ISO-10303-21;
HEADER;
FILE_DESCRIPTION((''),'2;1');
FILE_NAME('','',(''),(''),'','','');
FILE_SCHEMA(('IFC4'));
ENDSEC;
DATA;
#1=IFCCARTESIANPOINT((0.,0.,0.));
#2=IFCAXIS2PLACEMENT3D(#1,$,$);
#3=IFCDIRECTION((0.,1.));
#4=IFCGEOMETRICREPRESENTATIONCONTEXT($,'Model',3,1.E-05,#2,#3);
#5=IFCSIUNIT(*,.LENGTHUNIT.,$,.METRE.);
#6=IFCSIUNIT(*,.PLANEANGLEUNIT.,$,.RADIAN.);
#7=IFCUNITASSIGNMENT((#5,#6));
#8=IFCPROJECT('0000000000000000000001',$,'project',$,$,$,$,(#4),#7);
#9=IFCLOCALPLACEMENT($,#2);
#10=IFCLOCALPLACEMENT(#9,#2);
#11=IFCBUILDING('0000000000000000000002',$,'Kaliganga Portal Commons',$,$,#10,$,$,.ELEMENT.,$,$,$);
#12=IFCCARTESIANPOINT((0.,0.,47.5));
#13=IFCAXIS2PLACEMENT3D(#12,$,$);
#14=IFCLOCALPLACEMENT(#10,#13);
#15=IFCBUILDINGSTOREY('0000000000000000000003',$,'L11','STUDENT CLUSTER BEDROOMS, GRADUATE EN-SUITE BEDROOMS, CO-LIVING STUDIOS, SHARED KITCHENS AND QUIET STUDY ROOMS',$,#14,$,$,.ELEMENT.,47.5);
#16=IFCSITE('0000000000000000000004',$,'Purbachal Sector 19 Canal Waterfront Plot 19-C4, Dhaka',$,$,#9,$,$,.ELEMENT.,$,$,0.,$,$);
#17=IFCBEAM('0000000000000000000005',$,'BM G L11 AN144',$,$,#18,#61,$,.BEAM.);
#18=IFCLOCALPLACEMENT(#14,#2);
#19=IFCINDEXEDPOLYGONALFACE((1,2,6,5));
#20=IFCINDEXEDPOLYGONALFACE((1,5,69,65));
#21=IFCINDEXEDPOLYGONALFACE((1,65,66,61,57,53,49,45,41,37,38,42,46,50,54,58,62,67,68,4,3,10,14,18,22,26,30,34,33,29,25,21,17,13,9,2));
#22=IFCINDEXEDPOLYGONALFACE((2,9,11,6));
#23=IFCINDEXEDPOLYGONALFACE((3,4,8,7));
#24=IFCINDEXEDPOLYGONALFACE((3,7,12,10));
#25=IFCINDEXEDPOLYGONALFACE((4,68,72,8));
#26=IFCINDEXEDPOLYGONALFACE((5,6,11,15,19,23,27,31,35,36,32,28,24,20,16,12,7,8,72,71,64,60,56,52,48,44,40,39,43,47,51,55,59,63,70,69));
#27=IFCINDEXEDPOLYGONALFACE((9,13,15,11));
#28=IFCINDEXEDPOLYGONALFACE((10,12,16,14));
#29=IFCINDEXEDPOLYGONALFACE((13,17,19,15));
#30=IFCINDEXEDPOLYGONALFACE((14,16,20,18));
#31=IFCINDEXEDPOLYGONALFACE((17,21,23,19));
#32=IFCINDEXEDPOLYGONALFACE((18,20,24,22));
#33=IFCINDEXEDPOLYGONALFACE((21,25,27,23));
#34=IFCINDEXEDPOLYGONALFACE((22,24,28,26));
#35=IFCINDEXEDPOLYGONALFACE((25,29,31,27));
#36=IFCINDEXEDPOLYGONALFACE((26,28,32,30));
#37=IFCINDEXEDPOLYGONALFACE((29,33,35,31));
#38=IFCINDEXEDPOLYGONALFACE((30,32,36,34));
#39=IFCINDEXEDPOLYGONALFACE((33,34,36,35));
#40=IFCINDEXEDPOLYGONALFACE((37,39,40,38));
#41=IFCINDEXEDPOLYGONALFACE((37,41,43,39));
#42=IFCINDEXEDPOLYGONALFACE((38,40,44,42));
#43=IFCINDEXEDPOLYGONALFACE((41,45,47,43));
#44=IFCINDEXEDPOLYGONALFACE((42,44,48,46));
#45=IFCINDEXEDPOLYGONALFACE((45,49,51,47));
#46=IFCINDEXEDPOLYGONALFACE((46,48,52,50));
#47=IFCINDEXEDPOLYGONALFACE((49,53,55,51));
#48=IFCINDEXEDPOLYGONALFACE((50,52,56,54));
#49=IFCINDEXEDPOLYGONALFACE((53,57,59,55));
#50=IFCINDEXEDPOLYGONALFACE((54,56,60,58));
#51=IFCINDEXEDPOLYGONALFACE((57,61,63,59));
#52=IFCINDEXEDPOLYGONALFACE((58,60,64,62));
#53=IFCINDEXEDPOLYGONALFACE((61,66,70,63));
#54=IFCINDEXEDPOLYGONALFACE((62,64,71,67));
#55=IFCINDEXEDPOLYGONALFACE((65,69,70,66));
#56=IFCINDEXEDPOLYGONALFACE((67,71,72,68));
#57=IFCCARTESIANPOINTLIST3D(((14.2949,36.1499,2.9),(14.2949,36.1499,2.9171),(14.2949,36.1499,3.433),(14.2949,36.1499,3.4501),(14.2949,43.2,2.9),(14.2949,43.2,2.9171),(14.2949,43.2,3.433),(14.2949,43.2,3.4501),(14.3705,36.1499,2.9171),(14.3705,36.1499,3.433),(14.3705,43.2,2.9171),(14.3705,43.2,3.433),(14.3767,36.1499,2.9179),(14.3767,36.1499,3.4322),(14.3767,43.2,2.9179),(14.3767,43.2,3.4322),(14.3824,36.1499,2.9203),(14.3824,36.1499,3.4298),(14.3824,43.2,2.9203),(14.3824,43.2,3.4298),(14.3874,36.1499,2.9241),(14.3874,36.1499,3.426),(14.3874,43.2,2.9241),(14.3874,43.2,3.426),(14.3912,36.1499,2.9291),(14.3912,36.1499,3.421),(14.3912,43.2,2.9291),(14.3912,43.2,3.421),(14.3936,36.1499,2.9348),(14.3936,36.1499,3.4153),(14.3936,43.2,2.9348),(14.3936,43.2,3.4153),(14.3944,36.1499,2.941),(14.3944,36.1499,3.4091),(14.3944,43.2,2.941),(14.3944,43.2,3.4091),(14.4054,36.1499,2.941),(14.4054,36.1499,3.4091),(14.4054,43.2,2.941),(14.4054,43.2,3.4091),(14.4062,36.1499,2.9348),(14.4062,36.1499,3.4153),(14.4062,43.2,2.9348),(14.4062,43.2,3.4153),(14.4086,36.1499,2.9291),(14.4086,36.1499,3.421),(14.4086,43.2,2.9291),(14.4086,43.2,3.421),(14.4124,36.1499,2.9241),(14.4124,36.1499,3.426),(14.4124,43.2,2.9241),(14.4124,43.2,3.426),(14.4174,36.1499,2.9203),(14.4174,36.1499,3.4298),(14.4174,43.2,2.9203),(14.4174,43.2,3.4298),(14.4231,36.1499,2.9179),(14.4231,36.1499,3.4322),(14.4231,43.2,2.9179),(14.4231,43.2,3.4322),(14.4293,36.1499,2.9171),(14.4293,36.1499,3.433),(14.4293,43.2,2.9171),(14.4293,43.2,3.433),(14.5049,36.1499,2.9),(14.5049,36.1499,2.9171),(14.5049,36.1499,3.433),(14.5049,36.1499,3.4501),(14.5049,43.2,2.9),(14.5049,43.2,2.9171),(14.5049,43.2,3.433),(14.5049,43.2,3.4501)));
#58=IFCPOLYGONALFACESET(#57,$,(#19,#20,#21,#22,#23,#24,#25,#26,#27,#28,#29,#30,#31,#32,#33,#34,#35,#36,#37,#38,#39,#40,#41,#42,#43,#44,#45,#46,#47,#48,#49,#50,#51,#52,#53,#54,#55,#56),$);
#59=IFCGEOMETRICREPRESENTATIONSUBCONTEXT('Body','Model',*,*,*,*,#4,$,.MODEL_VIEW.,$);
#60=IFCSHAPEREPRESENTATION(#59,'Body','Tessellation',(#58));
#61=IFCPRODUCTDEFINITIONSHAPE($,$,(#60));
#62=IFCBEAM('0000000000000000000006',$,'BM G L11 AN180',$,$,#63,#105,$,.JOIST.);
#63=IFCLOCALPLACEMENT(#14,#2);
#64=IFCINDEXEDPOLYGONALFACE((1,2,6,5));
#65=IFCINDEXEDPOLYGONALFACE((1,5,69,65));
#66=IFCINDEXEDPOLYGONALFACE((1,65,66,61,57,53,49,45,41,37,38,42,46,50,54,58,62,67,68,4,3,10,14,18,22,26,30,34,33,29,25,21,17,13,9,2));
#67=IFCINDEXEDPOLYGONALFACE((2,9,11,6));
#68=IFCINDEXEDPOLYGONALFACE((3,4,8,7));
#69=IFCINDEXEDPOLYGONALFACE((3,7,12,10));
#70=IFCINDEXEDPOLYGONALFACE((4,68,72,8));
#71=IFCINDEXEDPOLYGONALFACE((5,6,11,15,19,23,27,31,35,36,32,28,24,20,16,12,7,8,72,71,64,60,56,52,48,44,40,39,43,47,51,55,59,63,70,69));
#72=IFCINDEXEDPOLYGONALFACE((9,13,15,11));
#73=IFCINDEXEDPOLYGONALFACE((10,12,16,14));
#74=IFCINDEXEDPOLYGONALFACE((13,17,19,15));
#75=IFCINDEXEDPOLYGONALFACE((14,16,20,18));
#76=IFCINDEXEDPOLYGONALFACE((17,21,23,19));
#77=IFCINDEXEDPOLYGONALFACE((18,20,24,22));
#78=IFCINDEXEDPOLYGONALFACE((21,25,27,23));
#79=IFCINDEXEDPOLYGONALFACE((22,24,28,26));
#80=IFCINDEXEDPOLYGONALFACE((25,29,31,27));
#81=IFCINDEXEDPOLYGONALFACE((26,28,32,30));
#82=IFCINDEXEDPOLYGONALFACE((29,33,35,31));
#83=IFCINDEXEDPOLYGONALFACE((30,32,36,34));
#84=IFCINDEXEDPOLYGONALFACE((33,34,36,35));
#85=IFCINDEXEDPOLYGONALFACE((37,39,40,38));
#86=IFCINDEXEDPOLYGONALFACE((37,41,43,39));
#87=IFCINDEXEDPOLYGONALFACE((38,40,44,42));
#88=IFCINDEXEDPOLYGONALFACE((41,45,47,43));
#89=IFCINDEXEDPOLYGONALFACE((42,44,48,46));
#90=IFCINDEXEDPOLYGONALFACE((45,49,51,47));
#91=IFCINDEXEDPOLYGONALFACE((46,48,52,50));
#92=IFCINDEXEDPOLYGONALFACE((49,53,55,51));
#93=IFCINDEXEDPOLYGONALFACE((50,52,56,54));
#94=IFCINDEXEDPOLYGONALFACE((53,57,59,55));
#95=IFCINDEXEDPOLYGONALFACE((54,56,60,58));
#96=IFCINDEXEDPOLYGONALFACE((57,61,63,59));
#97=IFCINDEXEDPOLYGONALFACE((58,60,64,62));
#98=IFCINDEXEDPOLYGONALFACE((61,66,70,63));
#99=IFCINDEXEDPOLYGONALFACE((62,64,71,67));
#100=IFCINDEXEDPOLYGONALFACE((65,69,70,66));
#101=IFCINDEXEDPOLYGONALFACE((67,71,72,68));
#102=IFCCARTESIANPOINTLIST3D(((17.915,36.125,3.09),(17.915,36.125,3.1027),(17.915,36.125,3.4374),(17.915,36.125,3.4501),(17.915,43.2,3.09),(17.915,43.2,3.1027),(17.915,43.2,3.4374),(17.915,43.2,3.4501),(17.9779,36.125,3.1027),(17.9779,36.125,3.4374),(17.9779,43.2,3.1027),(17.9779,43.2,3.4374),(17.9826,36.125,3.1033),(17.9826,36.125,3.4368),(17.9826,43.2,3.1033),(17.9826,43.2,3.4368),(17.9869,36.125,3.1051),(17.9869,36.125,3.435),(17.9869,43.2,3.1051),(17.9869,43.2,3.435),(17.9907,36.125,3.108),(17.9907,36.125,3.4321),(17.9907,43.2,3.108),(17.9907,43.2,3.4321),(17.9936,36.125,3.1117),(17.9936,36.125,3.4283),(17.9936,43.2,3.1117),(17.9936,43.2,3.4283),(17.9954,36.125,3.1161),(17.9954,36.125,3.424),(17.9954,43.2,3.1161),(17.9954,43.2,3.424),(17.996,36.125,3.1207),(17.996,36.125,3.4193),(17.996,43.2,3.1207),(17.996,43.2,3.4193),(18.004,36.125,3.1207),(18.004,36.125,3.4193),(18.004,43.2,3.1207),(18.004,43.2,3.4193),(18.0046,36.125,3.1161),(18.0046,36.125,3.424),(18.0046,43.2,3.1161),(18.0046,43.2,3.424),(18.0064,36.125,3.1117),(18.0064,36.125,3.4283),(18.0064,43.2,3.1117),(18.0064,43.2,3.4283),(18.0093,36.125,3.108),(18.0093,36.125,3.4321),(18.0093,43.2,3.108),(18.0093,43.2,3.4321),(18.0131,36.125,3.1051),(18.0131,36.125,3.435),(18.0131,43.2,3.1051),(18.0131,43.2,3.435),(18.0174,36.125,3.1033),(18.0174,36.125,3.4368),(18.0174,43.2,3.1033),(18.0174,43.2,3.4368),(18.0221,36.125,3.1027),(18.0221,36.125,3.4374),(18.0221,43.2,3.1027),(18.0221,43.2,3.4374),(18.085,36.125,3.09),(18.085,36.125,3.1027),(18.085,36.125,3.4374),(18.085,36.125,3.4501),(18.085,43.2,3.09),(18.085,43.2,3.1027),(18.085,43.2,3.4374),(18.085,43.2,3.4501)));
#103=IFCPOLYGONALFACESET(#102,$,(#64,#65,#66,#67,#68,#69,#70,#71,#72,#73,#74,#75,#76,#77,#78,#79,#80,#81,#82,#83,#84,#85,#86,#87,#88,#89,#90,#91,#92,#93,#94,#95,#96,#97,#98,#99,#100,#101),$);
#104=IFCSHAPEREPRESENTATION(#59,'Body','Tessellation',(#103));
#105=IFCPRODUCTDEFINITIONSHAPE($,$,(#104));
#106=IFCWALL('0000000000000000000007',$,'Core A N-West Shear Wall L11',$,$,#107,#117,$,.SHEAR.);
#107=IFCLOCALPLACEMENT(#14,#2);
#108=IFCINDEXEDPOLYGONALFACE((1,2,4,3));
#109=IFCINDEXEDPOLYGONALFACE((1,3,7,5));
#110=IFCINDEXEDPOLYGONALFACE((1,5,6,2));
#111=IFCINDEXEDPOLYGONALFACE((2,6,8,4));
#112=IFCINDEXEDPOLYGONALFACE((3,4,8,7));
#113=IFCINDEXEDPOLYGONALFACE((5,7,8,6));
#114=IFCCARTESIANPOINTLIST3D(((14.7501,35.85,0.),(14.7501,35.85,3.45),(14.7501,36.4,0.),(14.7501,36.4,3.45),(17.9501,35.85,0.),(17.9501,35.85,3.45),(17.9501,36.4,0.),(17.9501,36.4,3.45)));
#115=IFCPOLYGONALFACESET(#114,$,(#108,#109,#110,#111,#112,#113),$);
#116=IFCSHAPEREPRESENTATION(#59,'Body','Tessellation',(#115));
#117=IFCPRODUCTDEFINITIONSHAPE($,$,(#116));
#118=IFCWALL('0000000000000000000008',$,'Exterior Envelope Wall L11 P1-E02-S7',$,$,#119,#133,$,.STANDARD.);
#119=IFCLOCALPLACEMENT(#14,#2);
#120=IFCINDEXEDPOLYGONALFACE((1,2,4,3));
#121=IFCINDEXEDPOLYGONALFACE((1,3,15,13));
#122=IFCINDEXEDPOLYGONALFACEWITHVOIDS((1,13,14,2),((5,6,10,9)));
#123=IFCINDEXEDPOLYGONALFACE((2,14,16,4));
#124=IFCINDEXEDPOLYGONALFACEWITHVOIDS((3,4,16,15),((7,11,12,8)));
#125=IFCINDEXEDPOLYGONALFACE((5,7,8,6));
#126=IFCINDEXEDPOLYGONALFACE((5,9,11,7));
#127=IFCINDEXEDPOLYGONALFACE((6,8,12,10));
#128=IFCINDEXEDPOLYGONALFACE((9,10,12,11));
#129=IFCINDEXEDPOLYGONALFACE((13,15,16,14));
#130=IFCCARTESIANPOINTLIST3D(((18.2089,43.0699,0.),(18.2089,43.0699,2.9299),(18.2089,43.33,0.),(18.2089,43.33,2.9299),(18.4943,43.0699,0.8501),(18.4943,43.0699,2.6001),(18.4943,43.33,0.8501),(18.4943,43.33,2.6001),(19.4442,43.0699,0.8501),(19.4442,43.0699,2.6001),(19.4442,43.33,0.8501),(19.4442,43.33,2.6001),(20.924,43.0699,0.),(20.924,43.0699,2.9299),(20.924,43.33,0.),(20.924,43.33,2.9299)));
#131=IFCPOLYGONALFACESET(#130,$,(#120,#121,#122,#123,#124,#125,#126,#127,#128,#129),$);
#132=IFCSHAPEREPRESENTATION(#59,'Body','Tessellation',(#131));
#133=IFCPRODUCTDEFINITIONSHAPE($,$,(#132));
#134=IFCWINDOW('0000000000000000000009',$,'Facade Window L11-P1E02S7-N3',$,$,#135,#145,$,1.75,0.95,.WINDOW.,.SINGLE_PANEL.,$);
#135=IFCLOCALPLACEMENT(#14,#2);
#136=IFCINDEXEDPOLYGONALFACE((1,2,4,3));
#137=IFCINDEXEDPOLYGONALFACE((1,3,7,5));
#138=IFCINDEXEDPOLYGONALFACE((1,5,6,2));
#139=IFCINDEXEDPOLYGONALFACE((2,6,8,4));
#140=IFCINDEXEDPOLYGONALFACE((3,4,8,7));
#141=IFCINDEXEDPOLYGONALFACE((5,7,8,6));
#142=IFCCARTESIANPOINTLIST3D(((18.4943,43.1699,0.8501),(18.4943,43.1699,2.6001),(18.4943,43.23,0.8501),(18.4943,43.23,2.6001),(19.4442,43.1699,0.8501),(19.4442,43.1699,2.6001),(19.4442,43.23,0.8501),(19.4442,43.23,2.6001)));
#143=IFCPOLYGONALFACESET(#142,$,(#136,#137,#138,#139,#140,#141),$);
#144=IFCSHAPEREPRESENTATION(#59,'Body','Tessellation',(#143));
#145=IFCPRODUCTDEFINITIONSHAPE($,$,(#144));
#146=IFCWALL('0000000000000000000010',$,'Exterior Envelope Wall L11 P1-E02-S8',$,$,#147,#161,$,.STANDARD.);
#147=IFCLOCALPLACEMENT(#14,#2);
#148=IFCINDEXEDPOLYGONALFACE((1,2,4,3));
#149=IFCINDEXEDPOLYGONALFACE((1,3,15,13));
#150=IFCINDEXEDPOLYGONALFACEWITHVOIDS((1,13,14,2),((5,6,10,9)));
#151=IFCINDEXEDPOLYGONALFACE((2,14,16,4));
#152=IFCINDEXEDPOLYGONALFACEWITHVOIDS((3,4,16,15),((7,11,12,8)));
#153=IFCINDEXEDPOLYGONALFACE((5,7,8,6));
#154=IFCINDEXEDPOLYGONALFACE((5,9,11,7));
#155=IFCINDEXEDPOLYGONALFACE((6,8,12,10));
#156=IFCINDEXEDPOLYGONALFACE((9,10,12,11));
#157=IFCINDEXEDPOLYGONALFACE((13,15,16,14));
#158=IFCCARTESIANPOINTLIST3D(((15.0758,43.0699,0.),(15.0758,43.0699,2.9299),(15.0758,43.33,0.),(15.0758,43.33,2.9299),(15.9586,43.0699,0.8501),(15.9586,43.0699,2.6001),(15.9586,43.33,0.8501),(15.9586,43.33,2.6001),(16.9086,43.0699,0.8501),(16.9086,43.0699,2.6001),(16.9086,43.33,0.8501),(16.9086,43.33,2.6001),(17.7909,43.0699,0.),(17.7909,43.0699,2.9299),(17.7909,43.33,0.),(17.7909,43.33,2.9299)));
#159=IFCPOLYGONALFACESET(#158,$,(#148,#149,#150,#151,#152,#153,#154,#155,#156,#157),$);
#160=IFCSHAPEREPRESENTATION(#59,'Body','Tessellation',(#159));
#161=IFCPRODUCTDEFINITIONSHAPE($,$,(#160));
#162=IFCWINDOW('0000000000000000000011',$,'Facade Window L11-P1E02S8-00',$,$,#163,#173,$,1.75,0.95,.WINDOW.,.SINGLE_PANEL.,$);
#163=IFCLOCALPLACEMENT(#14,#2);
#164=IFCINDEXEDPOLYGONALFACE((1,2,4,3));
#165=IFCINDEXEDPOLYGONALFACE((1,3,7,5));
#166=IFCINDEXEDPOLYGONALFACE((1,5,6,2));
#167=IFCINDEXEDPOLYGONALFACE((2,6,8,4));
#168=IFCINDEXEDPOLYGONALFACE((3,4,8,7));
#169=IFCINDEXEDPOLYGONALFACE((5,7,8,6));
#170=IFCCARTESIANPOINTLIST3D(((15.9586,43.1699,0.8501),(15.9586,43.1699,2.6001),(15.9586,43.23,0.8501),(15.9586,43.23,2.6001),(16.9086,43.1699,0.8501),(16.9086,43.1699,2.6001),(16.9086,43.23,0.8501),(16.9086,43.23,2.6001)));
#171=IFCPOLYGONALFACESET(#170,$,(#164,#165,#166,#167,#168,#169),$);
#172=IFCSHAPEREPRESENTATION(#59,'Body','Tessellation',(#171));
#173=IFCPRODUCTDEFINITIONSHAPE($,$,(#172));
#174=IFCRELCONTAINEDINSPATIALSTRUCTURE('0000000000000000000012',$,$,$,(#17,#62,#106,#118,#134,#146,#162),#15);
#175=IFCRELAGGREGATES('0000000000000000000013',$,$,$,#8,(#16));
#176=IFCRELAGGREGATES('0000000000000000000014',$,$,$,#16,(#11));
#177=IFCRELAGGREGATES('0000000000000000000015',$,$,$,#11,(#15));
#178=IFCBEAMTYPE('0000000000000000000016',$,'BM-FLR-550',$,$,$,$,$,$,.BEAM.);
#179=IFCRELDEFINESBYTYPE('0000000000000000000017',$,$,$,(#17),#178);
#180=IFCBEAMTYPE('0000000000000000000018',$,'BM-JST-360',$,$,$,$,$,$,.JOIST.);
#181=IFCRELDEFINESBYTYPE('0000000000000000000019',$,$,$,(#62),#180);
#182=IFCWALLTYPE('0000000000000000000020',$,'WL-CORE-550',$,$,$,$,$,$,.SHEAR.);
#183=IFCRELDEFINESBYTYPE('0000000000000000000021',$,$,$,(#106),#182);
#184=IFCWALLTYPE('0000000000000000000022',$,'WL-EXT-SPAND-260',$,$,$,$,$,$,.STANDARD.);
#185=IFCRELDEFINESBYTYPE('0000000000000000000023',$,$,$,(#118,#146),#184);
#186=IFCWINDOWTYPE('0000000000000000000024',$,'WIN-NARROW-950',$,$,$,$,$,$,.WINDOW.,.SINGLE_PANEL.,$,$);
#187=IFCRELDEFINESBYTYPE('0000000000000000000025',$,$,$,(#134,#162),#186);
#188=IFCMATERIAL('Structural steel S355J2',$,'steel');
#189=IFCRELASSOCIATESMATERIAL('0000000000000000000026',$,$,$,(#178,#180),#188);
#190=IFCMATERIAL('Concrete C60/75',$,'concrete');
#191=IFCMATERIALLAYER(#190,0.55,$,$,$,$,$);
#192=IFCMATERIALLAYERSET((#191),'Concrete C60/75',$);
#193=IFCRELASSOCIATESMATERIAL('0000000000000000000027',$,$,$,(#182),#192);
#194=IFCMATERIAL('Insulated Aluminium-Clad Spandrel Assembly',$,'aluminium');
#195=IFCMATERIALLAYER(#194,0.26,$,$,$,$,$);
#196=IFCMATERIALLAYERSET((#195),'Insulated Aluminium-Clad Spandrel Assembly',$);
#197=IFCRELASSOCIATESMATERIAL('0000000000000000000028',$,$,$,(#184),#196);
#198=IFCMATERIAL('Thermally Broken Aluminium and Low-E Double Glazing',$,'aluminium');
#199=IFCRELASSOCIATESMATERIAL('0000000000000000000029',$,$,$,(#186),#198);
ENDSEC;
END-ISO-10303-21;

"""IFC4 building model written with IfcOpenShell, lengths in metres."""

from ifc_helpers import new_model, si_unit, direction, frame, frame_2d, origin, origin_2d, place, context, subcontext, project, spatial, rectangle, i_section, extrude, source, transform, mapped, material, layer, layer_set, material_profile, profile_set, type_object, element, fill, save


model = new_model("IFC4")

# Units and contexts
model_context = context("Model", 3, precision=1e-05, world=origin(), true_north=direction((0.0, 1.0)))
body_context = subcontext(model_context, "Body", "Model", "MODEL_VIEW")
ifc_project = project(units=[si_unit("LENGTHUNIT", "METRE"), si_unit("PLANEANGLEUNIT", "RADIAN")], contexts=[model_context])

# Site, building, storey
site_placement = place(None, origin())
site = spatial("IfcSite", under=ifc_project, at=site_placement, Name="Purbachal Sector 19 Canal Waterfront Plot 19-C4, Dhaka", CompositionType="ELEMENT", RefElevation=0.0)
building_placement = place(site_placement, origin())
building = spatial("IfcBuilding", under=site, at=building_placement, Name="Kaliganga Portal Commons", CompositionType="ELEMENT")
storey_placement = place(building_placement, frame((0.0, 0.0, 47.5)))
storey = spatial("IfcBuildingStorey", under=building, at=storey_placement, Name="L11", Description="STUDENT CLUSTER BEDROOMS, GRADUATE EN-SUITE BEDROOMS, CO-LIVING STUDIOS, SHARED KITCHENS AND QUIET STUDY ROOMS", CompositionType="ELEMENT", Elevation=47.5)

# Beams
ifc_material_1 = material(Name="Concrete C60/75", Category="concrete")
ifc_material_2 = material(Name="Structural steel S355J2", Category="steel")
ifc_material_profile_1 = material_profile(ifc_material_2, i_section(OverallWidth=0.21, OverallDepth=0.55, WebThickness=0.011, FlangeThickness=0.0171, FilletRadius=0.0239, at=origin_2d()), Name="IPE 550")
ifc_profile_set_1 = profile_set([ifc_material_profile_1], Name="Structural steel S355J2 wide-flange")
beam_type_1 = type_object("IfcBeamType", Name="BM-FLR-550", PredefinedType="BEAM", material=ifc_profile_set_1)
shared_shape_1 = source(origin(), body_context, "Body", "SweptSolid", [
    extrude(i_section(OverallWidth=0.21, OverallDepth=0.55, WebThickness=0.011, FlangeThickness=0.0171, FilletRadius=0.0239, at=origin_2d()), origin(), (0.0, 0.0, 1.0), 7.05),
])
beam_1_placement = place(storey_placement, frame((14.3999, 36.1499, 3.175), z_axis=(0.0, 1.0, 0.0), x_axis=(-1.0, 0.0, 0.0)))
element("IfcBeam", 1, at=beam_1_placement, inside=storey, type_object=beam_type_1, Name="BM G L11 AN144", PredefinedType="BEAM", context=body_context, shape_type="MappedRepresentation", body=[
    mapped(shared_shape_1, transform((0.0, 0.0, 0.0), x_axis=(1.0, 0.0, 0.0), y_axis=(0.0, 1.0, 0.0), z_axis=(0.0, 0.0, 1.0), scale=1.0)),
])
ifc_material_profile_2 = material_profile(ifc_material_2, i_section(OverallWidth=0.1699, OverallDepth=0.3601, WebThickness=0.0081, FlangeThickness=0.0127, FilletRadius=0.0181, at=origin_2d()), Name="IPE 360")
ifc_profile_set_2 = profile_set([ifc_material_profile_2], Name="Structural steel S355J2 wide-flange")
beam_type_2 = type_object("IfcBeamType", Name="BM-JST-360", PredefinedType="JOIST", material=ifc_profile_set_2)
shared_shape_2 = source(origin(), body_context, "Body", "SweptSolid", [
    extrude(i_section(OverallWidth=0.1699, OverallDepth=0.3601, WebThickness=0.0081, FlangeThickness=0.0127, FilletRadius=0.0181, at=origin_2d()), origin(), (0.0, 0.0, 1.0), 7.075),
])
beam_2_placement = place(storey_placement, frame((18.0, 36.125, 3.27), z_axis=(0.0, 1.0, 0.0), x_axis=(-1.0, 0.0, 0.0)))
element("IfcBeam", 2, at=beam_2_placement, inside=storey, type_object=beam_type_2, Name="BM G L11 AN180", PredefinedType="JOIST", context=body_context, shape_type="MappedRepresentation", body=[
    mapped(shared_shape_2, transform((0.0, 0.0, 0.0), x_axis=(1.0, 0.0, 0.0), y_axis=(0.0, 1.0, 0.0), z_axis=(0.0, 0.0, 1.0), scale=1.0)),
])

# Wall
ifc_layer_1 = layer(ifc_material_1, 0.55)
ifc_layer_set_1 = layer_set([ifc_layer_1], Name="Concrete C60/75")
wall_type_1 = type_object("IfcWallType", Name="WL-CORE-550", PredefinedType="SHEAR", material=ifc_layer_set_1)
wall_1_placement = place(storey_placement, frame((14.75, 36.125, 0.0), z_axis=(0.0, 0.0, 1.0), x_axis=(1.0, 0.0, 0.0)))
element("IfcWall", 3, at=wall_1_placement, inside=storey, type_object=wall_type_1, Name="Core A N-West Shear Wall L11", PredefinedType="SHEAR", context=body_context, shape_type="SweptSolid", body=[
    extrude(rectangle(XDim=3.2, YDim=0.55, at=frame_2d((1.6001, 0.0))), origin(), (0.0, 0.0, 1.0), 3.45),
])

# Walls, openings, windows
ifc_material_3 = material(Name="Insulated Aluminium-Clad Spandrel Assembly", Category="aluminium")
ifc_layer_2 = layer(ifc_material_3, 0.26)
ifc_layer_set_2 = layer_set([ifc_layer_2], Name="Insulated Aluminium-Clad Spandrel Assembly")
wall_type_2 = type_object("IfcWallType", Name="WL-EXT-SPAND-260", PredefinedType="STANDARD", material=ifc_layer_set_2)
wall_2_placement = place(storey_placement, frame((18.209, 43.2, 0.0), z_axis=(0.0, 0.0, 1.0), x_axis=(1.0, 0.0, 0.0)))
wall_2 = element("IfcWall", 4, at=wall_2_placement, inside=storey, type_object=wall_type_2, Name="Exterior Envelope Wall L11 P1-E02-S7", PredefinedType="STANDARD", context=body_context, shape_type="SweptSolid", body=[
    extrude(rectangle(XDim=2.7151, YDim=0.26, at=frame_2d((1.3574, 0.0))), origin(), (0.0, 0.0, 1.0), 2.9299),
])
opening_1_placement = place(wall_2_placement, frame((0.2852, 0.0, 0.8501)))
opening_1 = element("IfcOpeningElement", 5, at=opening_1_placement, cuts=wall_2, PredefinedType="OPENING", context=body_context, shape_type="SweptSolid", body=[
    extrude(rectangle(XDim=0.95, YDim=1.75, at=frame_2d((0.4751, 0.875))), frame((0.0, 0.1401, 0.0), z_axis=(0.0, -1.0, 0.0), x_axis=(1.0, 0.0, 0.0)), (0.0, 0.0, 1.0), 0.28),
])
ifc_material_4 = material(Name="Thermally Broken Aluminium and Low-E Double Glazing", Category="aluminium")
window_type = type_object("IfcWindowType", Name="WIN-NARROW-950", PartitioningType="SINGLE_PANEL", PredefinedType="WINDOW", material=ifc_material_4)
window_1_placement = place(opening_1_placement, origin())
window_1 = element("IfcWindow", 6, at=window_1_placement, inside=storey, type_object=window_type, Name="Facade Window L11-P1E02S7-N3", OverallHeight=1.75, OverallWidth=0.95, PartitioningType="SINGLE_PANEL", PredefinedType="WINDOW", context=body_context, shape_type="SweptSolid", body=[
    extrude(rectangle(XDim=0.95, YDim=1.75, at=frame_2d((0.4751, 0.875))), frame((0.0, 0.03, 0.0), z_axis=(0.0, -1.0, 0.0), x_axis=(1.0, 0.0, 0.0)), (0.0, 0.0, 1.0), 0.0601),
])
fill(opening_1, window_1)
wall_3_placement = place(storey_placement, frame((15.0759, 43.2, 0.0), z_axis=(0.0, 0.0, 1.0), x_axis=(1.0, 0.0, 0.0)))
wall_3 = element("IfcWall", 7, at=wall_3_placement, inside=storey, type_object=wall_type_2, Name="Exterior Envelope Wall L11 P1-E02-S8", PredefinedType="STANDARD", context=body_context, shape_type="SweptSolid", body=[
    extrude(rectangle(XDim=2.7151, YDim=0.26, at=frame_2d((1.3574, 0.0))), origin(), (0.0, 0.0, 1.0), 2.9299),
])
opening_2_placement = place(wall_3_placement, frame((0.8826, 0.0, 0.8501)))
opening_2 = element("IfcOpeningElement", 8, at=opening_2_placement, cuts=wall_3, PredefinedType="OPENING", context=body_context, shape_type="SweptSolid", body=[
    extrude(rectangle(XDim=0.95, YDim=1.75, at=frame_2d((0.4751, 0.875))), frame((0.0, 0.1401, 0.0), z_axis=(0.0, -1.0, 0.0), x_axis=(1.0, 0.0, 0.0)), (0.0, 0.0, 1.0), 0.28),
])
window_2_placement = place(opening_2_placement, origin())
window_2 = element("IfcWindow", 9, at=window_2_placement, inside=storey, type_object=window_type, Name="Facade Window L11-P1E02S8-00", OverallHeight=1.75, OverallWidth=0.95, PartitioningType="SINGLE_PANEL", PredefinedType="WINDOW", context=body_context, shape_type="SweptSolid", body=[
    extrude(rectangle(XDim=0.95, YDim=1.75, at=frame_2d((0.4751, 0.875))), frame((0.0, 0.03, 0.0), z_axis=(0.0, -1.0, 0.0), x_axis=(1.0, 0.0, 0.0)), (0.0, 0.0, 1.0), 0.0601),
])
fill(opening_2, window_2)

save(model, "model.ifc")
